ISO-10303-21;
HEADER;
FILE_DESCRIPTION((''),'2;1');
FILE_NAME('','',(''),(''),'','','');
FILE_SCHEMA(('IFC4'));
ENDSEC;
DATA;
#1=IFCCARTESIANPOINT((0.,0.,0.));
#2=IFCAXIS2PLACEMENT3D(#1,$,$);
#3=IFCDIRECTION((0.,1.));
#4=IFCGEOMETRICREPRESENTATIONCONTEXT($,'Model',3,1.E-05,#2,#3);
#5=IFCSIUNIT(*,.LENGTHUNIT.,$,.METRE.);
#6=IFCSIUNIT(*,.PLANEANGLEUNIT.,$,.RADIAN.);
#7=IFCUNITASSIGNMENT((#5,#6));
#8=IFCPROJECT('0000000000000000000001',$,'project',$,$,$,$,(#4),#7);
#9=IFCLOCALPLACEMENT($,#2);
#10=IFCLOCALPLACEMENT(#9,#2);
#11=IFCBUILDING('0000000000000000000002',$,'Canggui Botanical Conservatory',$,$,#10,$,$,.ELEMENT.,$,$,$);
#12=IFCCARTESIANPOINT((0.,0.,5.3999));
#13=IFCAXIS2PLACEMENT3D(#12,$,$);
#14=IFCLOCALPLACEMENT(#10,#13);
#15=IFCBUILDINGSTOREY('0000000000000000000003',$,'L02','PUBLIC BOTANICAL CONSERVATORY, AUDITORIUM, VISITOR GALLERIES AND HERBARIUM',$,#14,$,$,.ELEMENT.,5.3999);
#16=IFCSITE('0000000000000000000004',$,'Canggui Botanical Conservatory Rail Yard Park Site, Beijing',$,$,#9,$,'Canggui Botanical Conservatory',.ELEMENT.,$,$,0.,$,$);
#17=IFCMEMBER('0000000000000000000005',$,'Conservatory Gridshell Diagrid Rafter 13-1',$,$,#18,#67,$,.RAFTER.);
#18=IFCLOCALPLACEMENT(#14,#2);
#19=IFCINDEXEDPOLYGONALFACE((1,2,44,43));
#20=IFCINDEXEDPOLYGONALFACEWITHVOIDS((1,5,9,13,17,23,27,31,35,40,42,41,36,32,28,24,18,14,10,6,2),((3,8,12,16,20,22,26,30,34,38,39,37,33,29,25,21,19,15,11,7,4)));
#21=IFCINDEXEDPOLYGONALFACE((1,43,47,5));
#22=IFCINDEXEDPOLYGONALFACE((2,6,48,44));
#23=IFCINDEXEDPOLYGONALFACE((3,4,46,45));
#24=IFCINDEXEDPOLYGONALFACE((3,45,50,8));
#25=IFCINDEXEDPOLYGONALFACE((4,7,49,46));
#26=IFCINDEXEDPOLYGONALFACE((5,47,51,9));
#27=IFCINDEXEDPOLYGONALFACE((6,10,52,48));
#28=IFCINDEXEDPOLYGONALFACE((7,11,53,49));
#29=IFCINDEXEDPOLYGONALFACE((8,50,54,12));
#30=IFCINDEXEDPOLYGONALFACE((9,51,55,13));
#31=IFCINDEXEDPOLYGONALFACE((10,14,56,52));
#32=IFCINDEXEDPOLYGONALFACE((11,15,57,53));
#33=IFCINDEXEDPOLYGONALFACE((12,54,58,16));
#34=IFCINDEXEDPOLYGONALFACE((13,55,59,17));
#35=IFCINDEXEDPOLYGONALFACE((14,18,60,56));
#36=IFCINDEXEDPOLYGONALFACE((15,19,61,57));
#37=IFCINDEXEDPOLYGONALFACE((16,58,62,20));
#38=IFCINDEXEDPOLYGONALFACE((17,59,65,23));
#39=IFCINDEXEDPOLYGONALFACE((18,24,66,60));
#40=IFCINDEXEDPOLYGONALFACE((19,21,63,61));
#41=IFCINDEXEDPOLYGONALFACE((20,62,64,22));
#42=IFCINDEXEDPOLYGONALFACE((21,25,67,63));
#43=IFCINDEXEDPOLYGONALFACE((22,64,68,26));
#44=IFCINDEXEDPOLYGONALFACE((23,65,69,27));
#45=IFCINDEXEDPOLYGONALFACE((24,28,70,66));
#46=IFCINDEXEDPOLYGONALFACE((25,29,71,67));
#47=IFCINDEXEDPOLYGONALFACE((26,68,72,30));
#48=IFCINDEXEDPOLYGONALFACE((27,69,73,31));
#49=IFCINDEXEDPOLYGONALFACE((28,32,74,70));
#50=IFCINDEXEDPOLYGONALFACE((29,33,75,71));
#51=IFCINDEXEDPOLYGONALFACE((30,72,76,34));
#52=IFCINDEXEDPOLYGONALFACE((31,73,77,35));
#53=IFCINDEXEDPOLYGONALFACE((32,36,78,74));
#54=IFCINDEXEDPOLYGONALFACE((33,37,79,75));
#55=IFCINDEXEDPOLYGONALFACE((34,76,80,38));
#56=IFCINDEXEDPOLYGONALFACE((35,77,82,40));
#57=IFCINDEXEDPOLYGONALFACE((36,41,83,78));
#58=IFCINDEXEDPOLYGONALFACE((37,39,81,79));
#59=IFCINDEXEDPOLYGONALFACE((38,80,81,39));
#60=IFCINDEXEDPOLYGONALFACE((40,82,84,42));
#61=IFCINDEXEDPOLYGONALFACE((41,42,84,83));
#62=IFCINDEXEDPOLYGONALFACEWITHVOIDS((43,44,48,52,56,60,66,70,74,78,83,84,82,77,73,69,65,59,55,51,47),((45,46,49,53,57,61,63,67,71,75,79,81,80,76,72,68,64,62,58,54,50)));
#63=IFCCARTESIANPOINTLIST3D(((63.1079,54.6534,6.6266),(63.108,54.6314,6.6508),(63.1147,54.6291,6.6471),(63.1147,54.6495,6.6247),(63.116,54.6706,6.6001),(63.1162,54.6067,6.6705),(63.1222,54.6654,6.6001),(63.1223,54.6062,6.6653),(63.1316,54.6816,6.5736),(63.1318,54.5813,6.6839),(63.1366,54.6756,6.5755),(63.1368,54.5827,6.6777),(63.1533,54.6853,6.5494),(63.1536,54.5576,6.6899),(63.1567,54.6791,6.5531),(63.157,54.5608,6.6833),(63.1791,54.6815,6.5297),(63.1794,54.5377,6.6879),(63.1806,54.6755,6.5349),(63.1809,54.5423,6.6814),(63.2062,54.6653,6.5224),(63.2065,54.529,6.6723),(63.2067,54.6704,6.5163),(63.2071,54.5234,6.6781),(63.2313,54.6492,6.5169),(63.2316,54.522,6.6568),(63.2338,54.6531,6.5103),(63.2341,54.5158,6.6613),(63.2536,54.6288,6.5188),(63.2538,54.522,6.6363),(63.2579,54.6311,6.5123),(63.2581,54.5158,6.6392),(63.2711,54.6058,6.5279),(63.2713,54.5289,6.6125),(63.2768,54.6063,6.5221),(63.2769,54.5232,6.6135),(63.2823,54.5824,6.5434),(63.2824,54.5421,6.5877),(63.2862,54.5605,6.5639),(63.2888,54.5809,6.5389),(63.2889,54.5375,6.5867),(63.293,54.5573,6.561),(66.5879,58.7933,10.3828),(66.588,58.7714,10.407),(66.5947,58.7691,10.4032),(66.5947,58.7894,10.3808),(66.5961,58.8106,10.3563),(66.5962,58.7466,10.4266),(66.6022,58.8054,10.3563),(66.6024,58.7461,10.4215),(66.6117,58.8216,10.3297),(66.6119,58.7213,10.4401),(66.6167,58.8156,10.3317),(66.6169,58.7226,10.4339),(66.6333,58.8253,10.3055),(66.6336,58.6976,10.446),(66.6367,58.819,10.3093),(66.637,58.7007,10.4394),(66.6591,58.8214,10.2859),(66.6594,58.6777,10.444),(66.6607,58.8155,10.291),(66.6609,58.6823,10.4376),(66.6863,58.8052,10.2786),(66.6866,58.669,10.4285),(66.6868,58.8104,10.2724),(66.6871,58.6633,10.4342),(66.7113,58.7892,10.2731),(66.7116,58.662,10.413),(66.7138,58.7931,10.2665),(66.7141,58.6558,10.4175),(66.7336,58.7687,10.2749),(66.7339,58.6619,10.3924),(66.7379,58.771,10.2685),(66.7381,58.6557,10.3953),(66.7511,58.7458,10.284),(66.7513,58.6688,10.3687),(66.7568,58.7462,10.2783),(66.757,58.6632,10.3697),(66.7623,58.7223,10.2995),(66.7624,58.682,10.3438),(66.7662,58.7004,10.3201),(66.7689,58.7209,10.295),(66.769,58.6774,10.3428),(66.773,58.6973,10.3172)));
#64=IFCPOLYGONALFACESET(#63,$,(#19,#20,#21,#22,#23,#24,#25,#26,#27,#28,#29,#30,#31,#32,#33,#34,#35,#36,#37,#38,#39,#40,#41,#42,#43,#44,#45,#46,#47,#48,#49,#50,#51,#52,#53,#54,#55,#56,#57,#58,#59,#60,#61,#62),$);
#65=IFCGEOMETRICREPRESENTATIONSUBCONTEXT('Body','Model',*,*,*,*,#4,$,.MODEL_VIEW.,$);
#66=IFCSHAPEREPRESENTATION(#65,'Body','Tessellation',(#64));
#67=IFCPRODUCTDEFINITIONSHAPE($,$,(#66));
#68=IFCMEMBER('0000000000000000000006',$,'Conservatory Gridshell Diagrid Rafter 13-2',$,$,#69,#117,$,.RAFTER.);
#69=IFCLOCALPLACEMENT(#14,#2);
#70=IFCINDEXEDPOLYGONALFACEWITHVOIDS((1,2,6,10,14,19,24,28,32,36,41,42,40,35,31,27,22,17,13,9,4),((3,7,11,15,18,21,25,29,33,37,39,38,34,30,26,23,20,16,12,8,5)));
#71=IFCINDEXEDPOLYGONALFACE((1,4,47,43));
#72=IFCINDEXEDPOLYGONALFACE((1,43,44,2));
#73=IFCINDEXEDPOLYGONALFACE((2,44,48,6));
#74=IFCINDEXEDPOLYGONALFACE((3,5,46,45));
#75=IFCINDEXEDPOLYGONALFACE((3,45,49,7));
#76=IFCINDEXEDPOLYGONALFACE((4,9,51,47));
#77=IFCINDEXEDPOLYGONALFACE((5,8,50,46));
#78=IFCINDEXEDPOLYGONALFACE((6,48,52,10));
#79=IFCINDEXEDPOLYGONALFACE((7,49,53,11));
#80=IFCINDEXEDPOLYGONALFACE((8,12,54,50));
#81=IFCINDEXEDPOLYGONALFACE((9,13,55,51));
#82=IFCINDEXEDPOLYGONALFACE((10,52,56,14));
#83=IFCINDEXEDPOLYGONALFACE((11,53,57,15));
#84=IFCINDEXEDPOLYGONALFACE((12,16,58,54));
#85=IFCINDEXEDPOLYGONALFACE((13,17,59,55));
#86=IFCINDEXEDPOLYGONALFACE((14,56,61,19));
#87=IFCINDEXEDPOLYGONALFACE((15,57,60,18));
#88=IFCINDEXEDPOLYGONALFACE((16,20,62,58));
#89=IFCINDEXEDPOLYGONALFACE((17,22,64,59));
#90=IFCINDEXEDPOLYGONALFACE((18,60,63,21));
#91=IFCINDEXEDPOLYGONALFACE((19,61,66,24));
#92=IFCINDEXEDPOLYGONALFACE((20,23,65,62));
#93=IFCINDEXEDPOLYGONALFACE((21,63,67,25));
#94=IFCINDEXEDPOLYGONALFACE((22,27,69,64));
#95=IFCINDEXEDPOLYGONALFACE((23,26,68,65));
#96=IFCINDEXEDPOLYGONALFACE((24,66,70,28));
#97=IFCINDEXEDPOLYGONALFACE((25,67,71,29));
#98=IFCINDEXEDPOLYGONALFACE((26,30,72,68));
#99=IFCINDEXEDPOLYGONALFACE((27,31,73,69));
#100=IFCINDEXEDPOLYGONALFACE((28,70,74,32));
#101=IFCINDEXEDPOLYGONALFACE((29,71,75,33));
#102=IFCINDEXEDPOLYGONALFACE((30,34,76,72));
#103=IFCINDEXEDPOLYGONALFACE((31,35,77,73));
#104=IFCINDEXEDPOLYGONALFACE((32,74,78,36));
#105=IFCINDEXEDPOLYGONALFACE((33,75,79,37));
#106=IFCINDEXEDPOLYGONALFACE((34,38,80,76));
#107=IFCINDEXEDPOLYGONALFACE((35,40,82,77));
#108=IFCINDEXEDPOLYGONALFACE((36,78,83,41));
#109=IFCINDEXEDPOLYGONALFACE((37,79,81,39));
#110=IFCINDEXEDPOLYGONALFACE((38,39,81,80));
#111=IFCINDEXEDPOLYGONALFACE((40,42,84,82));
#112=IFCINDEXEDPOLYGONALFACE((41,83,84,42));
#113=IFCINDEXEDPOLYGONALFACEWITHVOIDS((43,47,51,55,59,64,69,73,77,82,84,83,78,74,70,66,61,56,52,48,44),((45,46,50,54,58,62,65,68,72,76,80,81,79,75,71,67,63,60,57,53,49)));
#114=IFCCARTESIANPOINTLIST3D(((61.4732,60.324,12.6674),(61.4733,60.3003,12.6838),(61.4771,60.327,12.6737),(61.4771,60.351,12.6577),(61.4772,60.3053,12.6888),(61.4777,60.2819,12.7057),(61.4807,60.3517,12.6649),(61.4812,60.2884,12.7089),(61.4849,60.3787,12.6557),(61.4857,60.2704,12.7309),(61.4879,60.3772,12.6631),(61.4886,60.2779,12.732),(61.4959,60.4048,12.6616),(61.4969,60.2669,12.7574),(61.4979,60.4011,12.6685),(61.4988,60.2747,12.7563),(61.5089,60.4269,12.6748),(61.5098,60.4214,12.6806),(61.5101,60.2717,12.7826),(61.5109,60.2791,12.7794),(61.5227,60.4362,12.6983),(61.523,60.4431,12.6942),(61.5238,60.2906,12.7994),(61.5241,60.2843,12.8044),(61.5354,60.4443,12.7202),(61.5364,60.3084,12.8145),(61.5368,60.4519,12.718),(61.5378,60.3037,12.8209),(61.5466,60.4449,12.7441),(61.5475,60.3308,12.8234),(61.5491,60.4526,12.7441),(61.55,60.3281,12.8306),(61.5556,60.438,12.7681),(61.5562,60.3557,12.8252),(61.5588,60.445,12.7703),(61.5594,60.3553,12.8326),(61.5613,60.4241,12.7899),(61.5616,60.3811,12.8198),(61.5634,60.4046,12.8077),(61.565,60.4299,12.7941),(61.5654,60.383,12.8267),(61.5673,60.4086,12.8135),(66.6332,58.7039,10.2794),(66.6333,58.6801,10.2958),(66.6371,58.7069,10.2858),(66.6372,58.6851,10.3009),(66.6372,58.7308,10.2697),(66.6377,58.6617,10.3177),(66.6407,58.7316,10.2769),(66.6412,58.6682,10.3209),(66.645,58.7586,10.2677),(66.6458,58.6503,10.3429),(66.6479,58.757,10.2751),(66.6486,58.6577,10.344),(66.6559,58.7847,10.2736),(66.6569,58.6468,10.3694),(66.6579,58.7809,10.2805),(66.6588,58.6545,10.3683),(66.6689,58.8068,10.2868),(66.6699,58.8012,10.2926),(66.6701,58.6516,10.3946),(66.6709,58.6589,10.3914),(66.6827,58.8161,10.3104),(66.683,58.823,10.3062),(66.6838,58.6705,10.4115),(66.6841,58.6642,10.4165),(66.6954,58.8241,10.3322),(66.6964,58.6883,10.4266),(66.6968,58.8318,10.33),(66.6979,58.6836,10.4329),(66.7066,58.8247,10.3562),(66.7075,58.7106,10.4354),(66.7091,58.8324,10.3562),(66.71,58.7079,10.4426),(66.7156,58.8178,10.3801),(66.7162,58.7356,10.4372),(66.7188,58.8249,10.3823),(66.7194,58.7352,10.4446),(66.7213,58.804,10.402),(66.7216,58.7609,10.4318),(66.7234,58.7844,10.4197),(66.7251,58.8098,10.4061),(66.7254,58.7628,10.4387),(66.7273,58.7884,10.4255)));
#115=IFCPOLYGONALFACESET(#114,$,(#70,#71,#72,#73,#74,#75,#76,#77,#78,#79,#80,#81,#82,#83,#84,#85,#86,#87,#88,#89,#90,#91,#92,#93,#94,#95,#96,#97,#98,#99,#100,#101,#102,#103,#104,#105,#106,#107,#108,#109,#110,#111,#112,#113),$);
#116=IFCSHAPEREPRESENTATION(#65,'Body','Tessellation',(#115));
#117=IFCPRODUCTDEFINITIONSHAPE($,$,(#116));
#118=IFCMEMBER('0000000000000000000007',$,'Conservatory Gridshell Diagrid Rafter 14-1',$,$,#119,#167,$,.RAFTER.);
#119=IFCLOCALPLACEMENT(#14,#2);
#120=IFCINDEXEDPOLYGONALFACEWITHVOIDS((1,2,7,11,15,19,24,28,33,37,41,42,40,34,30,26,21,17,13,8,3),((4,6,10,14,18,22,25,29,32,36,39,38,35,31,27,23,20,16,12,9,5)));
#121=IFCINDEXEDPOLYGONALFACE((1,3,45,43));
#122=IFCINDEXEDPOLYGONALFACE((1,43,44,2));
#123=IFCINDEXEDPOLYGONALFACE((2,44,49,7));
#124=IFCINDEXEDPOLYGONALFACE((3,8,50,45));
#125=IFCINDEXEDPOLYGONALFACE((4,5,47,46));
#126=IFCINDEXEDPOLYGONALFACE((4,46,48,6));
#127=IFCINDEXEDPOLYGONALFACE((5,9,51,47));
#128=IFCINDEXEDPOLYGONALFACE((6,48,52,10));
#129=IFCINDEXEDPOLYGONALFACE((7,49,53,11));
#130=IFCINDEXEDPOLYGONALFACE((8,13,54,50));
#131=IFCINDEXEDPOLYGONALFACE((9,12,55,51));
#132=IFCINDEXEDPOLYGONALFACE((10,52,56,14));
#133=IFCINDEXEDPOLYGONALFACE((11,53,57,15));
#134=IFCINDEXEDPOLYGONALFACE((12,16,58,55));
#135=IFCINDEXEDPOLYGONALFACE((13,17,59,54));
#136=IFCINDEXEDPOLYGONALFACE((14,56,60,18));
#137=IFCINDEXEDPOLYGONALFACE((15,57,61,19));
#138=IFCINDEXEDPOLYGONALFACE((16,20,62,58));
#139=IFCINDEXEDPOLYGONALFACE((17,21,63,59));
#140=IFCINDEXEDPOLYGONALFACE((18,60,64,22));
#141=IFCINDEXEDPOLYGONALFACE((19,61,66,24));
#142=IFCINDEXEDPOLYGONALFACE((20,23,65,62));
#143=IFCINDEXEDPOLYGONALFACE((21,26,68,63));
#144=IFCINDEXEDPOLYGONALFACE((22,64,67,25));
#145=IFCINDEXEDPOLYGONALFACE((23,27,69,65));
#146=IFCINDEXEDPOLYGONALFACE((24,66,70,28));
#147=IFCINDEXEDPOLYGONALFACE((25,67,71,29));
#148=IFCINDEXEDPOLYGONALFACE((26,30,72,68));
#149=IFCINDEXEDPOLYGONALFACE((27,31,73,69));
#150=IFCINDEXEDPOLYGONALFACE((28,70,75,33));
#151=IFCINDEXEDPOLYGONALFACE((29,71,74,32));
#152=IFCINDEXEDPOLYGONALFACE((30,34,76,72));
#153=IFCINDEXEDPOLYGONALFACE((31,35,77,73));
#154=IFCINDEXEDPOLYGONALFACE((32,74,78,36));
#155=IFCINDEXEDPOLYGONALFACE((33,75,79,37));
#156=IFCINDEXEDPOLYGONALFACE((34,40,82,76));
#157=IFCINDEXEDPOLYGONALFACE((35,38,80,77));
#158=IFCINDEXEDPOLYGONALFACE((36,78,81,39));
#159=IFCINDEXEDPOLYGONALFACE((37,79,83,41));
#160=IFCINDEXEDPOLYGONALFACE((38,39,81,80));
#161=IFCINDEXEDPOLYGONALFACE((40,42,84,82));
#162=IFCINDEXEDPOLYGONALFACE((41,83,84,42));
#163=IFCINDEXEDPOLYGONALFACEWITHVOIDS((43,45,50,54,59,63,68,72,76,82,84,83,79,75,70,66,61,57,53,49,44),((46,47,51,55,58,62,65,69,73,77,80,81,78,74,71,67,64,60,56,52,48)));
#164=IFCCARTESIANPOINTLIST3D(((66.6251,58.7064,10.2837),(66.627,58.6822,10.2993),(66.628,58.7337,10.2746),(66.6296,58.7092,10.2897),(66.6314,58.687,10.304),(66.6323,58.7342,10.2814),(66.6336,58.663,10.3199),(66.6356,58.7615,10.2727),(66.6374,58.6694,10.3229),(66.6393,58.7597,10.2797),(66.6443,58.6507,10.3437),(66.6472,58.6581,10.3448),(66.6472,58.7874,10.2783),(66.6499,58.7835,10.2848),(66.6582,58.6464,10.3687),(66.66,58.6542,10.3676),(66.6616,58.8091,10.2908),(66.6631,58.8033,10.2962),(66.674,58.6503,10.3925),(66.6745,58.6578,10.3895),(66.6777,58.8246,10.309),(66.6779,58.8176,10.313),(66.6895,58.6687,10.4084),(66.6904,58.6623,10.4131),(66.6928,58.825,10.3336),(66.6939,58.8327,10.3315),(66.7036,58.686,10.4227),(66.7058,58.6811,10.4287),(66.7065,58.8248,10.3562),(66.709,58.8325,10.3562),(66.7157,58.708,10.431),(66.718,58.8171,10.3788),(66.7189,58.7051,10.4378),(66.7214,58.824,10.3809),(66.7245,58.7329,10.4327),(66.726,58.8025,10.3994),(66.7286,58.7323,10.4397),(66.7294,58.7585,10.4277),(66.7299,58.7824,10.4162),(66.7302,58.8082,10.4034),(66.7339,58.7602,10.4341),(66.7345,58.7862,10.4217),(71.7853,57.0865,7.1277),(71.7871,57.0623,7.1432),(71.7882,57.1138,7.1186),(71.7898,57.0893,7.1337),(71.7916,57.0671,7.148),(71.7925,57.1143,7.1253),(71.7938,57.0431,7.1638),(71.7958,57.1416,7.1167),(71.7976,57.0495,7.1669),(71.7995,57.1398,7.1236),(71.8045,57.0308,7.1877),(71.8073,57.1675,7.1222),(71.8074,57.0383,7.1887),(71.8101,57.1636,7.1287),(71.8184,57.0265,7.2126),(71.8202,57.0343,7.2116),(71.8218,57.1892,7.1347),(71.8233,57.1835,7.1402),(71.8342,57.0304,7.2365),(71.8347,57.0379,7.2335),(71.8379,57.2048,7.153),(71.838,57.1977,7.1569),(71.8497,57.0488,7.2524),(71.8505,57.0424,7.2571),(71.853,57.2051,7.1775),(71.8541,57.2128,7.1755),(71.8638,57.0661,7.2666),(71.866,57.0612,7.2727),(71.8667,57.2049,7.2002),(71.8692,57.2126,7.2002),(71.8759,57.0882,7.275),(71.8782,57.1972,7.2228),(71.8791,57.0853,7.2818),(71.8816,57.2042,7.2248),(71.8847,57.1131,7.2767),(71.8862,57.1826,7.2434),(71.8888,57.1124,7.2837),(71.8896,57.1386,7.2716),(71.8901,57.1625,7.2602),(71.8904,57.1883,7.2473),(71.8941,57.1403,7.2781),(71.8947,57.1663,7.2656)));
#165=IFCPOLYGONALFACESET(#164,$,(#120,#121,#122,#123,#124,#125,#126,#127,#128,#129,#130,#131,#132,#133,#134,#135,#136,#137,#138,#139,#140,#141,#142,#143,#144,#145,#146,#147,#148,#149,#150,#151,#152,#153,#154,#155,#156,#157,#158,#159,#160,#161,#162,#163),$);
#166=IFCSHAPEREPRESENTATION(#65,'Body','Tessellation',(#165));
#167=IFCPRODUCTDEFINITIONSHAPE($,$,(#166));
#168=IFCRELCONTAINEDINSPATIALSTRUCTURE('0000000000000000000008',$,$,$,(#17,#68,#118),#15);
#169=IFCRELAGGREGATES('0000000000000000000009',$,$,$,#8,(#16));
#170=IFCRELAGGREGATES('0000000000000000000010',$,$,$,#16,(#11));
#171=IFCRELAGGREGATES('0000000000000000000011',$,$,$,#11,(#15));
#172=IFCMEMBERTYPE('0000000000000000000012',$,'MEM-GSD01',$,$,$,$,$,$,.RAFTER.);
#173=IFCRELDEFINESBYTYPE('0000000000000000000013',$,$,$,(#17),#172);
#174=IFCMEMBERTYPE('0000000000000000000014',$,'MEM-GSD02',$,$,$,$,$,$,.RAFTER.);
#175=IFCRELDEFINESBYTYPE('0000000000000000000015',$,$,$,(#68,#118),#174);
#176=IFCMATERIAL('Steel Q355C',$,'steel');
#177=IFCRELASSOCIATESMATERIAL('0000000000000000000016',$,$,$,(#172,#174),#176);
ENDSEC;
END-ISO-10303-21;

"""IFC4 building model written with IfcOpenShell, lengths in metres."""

from ifc_helpers import new_model, si_unit, direction, frame, origin, origin_2d, place, context, subcontext, project, spatial, hollow_circle, extrude, material, material_profile, profile_set, type_object, element, save


model = new_model("IFC4")

# Units and contexts
model_context = context("Model", 3, precision=1e-05, world=origin(), true_north=direction((0.0, 1.0)))
body_context = subcontext(model_context, "Body", "Model", "MODEL_VIEW")
ifc_project = project(units=[si_unit("LENGTHUNIT", "METRE"), si_unit("PLANEANGLEUNIT", "RADIAN")], contexts=[model_context])

# Site, building, storey
site_placement = place(None, origin())
site = spatial("IfcSite", under=ifc_project, at=site_placement, Name="Canggui Botanical Conservatory Rail Yard Park Site, Beijing", LongName="Canggui Botanical Conservatory", CompositionType="ELEMENT", RefElevation=0.0)
building_placement = place(site_placement, origin())
building = spatial("IfcBuilding", under=site, at=building_placement, Name="Canggui Botanical Conservatory", CompositionType="ELEMENT")
storey_placement = place(building_placement, frame((0.0, 0.0, 5.3999)))
storey = spatial("IfcBuildingStorey", under=building, at=storey_placement, Name="L02", Description="PUBLIC BOTANICAL CONSERVATORY, AUDITORIUM, VISITOR GALLERIES AND HERBARIUM", CompositionType="ELEMENT", Elevation=5.3999)

# Shared definitions
ifc_material_1 = material(Name="Steel Q355C", Category="steel")

# Members
ifc_material_profile_1 = material_profile(ifc_material_1, hollow_circle(Radius=0.1096, WallThickness=0.0081, at=origin_2d()), Name="CHS 219x8")
ifc_profile_set_1 = profile_set([ifc_material_profile_1], Name="Steel Q355C")
member_type_1 = type_object("IfcMemberType", Name="MEM-GSD01", PredefinedType="RAFTER", material=ifc_profile_set_1)
member_1_placement = place(storey_placement, frame((63.2, 54.6001, 6.6001), z_axis=(0.528501, 0.628721, 0.570435), x_axis=(-0.76548, 0.64346, 0.0)))
element("IfcMember", 1, at=member_1_placement, inside=storey, type_object=member_type_1, Name="Conservatory Gridshell Diagrid Rafter 13-1", PredefinedType="RAFTER", context=body_context, shape_type="SweptSolid", body=[
    extrude(hollow_circle(Radius=0.1096, WallThickness=0.0081, at=origin_2d()), origin(), (0.0, 0.0, 1.0), 6.5847),
])
ifc_material_profile_2 = material_profile(ifc_material_1, hollow_circle(Radius=0.0969, WallThickness=0.0081, at=origin_2d()), Name="CHS 194x8")
ifc_profile_set_2 = profile_set([ifc_material_profile_2], Name="Steel Q355C")
member_type_2 = type_object("IfcMemberType", Name="MEM-GSD02", PredefinedType="RAFTER", material=ifc_profile_set_2)
member_2_placement = place(storey_placement, frame((61.52, 60.3601, 12.7441), z_axis=(0.872786, -0.274039, -0.403914), x_axis=(0.299562, 0.954077, 0.0)))
element("IfcMember", 2, at=member_2_placement, inside=storey, type_object=member_type_2, Name="Conservatory Gridshell Diagrid Rafter 13-2", PredefinedType="RAFTER", context=body_context, shape_type="SweptSolid", body=[
    extrude(hollow_circle(Radius=0.0969, WallThickness=0.0081, at=origin_2d()), origin(), (0.0, 0.0, 1.0), 5.9121),
])
member_3_placement = place(storey_placement, frame((66.6799, 58.74, 10.3562), z_axis=(0.824054, -0.258687, -0.504), x_axis=(0.299508, 0.954094, 0.0)))
element("IfcMember", 3, at=member_3_placement, inside=storey, type_object=member_type_2, Name="Conservatory Gridshell Diagrid Rafter 14-1", PredefinedType="RAFTER", context=body_context, shape_type="SweptSolid", body=[
    extrude(hollow_circle(Radius=0.0969, WallThickness=0.0081, at=origin_2d()), origin(), (0.0, 0.0, 1.0), 6.262),
])

save(model, "model.ifc")
